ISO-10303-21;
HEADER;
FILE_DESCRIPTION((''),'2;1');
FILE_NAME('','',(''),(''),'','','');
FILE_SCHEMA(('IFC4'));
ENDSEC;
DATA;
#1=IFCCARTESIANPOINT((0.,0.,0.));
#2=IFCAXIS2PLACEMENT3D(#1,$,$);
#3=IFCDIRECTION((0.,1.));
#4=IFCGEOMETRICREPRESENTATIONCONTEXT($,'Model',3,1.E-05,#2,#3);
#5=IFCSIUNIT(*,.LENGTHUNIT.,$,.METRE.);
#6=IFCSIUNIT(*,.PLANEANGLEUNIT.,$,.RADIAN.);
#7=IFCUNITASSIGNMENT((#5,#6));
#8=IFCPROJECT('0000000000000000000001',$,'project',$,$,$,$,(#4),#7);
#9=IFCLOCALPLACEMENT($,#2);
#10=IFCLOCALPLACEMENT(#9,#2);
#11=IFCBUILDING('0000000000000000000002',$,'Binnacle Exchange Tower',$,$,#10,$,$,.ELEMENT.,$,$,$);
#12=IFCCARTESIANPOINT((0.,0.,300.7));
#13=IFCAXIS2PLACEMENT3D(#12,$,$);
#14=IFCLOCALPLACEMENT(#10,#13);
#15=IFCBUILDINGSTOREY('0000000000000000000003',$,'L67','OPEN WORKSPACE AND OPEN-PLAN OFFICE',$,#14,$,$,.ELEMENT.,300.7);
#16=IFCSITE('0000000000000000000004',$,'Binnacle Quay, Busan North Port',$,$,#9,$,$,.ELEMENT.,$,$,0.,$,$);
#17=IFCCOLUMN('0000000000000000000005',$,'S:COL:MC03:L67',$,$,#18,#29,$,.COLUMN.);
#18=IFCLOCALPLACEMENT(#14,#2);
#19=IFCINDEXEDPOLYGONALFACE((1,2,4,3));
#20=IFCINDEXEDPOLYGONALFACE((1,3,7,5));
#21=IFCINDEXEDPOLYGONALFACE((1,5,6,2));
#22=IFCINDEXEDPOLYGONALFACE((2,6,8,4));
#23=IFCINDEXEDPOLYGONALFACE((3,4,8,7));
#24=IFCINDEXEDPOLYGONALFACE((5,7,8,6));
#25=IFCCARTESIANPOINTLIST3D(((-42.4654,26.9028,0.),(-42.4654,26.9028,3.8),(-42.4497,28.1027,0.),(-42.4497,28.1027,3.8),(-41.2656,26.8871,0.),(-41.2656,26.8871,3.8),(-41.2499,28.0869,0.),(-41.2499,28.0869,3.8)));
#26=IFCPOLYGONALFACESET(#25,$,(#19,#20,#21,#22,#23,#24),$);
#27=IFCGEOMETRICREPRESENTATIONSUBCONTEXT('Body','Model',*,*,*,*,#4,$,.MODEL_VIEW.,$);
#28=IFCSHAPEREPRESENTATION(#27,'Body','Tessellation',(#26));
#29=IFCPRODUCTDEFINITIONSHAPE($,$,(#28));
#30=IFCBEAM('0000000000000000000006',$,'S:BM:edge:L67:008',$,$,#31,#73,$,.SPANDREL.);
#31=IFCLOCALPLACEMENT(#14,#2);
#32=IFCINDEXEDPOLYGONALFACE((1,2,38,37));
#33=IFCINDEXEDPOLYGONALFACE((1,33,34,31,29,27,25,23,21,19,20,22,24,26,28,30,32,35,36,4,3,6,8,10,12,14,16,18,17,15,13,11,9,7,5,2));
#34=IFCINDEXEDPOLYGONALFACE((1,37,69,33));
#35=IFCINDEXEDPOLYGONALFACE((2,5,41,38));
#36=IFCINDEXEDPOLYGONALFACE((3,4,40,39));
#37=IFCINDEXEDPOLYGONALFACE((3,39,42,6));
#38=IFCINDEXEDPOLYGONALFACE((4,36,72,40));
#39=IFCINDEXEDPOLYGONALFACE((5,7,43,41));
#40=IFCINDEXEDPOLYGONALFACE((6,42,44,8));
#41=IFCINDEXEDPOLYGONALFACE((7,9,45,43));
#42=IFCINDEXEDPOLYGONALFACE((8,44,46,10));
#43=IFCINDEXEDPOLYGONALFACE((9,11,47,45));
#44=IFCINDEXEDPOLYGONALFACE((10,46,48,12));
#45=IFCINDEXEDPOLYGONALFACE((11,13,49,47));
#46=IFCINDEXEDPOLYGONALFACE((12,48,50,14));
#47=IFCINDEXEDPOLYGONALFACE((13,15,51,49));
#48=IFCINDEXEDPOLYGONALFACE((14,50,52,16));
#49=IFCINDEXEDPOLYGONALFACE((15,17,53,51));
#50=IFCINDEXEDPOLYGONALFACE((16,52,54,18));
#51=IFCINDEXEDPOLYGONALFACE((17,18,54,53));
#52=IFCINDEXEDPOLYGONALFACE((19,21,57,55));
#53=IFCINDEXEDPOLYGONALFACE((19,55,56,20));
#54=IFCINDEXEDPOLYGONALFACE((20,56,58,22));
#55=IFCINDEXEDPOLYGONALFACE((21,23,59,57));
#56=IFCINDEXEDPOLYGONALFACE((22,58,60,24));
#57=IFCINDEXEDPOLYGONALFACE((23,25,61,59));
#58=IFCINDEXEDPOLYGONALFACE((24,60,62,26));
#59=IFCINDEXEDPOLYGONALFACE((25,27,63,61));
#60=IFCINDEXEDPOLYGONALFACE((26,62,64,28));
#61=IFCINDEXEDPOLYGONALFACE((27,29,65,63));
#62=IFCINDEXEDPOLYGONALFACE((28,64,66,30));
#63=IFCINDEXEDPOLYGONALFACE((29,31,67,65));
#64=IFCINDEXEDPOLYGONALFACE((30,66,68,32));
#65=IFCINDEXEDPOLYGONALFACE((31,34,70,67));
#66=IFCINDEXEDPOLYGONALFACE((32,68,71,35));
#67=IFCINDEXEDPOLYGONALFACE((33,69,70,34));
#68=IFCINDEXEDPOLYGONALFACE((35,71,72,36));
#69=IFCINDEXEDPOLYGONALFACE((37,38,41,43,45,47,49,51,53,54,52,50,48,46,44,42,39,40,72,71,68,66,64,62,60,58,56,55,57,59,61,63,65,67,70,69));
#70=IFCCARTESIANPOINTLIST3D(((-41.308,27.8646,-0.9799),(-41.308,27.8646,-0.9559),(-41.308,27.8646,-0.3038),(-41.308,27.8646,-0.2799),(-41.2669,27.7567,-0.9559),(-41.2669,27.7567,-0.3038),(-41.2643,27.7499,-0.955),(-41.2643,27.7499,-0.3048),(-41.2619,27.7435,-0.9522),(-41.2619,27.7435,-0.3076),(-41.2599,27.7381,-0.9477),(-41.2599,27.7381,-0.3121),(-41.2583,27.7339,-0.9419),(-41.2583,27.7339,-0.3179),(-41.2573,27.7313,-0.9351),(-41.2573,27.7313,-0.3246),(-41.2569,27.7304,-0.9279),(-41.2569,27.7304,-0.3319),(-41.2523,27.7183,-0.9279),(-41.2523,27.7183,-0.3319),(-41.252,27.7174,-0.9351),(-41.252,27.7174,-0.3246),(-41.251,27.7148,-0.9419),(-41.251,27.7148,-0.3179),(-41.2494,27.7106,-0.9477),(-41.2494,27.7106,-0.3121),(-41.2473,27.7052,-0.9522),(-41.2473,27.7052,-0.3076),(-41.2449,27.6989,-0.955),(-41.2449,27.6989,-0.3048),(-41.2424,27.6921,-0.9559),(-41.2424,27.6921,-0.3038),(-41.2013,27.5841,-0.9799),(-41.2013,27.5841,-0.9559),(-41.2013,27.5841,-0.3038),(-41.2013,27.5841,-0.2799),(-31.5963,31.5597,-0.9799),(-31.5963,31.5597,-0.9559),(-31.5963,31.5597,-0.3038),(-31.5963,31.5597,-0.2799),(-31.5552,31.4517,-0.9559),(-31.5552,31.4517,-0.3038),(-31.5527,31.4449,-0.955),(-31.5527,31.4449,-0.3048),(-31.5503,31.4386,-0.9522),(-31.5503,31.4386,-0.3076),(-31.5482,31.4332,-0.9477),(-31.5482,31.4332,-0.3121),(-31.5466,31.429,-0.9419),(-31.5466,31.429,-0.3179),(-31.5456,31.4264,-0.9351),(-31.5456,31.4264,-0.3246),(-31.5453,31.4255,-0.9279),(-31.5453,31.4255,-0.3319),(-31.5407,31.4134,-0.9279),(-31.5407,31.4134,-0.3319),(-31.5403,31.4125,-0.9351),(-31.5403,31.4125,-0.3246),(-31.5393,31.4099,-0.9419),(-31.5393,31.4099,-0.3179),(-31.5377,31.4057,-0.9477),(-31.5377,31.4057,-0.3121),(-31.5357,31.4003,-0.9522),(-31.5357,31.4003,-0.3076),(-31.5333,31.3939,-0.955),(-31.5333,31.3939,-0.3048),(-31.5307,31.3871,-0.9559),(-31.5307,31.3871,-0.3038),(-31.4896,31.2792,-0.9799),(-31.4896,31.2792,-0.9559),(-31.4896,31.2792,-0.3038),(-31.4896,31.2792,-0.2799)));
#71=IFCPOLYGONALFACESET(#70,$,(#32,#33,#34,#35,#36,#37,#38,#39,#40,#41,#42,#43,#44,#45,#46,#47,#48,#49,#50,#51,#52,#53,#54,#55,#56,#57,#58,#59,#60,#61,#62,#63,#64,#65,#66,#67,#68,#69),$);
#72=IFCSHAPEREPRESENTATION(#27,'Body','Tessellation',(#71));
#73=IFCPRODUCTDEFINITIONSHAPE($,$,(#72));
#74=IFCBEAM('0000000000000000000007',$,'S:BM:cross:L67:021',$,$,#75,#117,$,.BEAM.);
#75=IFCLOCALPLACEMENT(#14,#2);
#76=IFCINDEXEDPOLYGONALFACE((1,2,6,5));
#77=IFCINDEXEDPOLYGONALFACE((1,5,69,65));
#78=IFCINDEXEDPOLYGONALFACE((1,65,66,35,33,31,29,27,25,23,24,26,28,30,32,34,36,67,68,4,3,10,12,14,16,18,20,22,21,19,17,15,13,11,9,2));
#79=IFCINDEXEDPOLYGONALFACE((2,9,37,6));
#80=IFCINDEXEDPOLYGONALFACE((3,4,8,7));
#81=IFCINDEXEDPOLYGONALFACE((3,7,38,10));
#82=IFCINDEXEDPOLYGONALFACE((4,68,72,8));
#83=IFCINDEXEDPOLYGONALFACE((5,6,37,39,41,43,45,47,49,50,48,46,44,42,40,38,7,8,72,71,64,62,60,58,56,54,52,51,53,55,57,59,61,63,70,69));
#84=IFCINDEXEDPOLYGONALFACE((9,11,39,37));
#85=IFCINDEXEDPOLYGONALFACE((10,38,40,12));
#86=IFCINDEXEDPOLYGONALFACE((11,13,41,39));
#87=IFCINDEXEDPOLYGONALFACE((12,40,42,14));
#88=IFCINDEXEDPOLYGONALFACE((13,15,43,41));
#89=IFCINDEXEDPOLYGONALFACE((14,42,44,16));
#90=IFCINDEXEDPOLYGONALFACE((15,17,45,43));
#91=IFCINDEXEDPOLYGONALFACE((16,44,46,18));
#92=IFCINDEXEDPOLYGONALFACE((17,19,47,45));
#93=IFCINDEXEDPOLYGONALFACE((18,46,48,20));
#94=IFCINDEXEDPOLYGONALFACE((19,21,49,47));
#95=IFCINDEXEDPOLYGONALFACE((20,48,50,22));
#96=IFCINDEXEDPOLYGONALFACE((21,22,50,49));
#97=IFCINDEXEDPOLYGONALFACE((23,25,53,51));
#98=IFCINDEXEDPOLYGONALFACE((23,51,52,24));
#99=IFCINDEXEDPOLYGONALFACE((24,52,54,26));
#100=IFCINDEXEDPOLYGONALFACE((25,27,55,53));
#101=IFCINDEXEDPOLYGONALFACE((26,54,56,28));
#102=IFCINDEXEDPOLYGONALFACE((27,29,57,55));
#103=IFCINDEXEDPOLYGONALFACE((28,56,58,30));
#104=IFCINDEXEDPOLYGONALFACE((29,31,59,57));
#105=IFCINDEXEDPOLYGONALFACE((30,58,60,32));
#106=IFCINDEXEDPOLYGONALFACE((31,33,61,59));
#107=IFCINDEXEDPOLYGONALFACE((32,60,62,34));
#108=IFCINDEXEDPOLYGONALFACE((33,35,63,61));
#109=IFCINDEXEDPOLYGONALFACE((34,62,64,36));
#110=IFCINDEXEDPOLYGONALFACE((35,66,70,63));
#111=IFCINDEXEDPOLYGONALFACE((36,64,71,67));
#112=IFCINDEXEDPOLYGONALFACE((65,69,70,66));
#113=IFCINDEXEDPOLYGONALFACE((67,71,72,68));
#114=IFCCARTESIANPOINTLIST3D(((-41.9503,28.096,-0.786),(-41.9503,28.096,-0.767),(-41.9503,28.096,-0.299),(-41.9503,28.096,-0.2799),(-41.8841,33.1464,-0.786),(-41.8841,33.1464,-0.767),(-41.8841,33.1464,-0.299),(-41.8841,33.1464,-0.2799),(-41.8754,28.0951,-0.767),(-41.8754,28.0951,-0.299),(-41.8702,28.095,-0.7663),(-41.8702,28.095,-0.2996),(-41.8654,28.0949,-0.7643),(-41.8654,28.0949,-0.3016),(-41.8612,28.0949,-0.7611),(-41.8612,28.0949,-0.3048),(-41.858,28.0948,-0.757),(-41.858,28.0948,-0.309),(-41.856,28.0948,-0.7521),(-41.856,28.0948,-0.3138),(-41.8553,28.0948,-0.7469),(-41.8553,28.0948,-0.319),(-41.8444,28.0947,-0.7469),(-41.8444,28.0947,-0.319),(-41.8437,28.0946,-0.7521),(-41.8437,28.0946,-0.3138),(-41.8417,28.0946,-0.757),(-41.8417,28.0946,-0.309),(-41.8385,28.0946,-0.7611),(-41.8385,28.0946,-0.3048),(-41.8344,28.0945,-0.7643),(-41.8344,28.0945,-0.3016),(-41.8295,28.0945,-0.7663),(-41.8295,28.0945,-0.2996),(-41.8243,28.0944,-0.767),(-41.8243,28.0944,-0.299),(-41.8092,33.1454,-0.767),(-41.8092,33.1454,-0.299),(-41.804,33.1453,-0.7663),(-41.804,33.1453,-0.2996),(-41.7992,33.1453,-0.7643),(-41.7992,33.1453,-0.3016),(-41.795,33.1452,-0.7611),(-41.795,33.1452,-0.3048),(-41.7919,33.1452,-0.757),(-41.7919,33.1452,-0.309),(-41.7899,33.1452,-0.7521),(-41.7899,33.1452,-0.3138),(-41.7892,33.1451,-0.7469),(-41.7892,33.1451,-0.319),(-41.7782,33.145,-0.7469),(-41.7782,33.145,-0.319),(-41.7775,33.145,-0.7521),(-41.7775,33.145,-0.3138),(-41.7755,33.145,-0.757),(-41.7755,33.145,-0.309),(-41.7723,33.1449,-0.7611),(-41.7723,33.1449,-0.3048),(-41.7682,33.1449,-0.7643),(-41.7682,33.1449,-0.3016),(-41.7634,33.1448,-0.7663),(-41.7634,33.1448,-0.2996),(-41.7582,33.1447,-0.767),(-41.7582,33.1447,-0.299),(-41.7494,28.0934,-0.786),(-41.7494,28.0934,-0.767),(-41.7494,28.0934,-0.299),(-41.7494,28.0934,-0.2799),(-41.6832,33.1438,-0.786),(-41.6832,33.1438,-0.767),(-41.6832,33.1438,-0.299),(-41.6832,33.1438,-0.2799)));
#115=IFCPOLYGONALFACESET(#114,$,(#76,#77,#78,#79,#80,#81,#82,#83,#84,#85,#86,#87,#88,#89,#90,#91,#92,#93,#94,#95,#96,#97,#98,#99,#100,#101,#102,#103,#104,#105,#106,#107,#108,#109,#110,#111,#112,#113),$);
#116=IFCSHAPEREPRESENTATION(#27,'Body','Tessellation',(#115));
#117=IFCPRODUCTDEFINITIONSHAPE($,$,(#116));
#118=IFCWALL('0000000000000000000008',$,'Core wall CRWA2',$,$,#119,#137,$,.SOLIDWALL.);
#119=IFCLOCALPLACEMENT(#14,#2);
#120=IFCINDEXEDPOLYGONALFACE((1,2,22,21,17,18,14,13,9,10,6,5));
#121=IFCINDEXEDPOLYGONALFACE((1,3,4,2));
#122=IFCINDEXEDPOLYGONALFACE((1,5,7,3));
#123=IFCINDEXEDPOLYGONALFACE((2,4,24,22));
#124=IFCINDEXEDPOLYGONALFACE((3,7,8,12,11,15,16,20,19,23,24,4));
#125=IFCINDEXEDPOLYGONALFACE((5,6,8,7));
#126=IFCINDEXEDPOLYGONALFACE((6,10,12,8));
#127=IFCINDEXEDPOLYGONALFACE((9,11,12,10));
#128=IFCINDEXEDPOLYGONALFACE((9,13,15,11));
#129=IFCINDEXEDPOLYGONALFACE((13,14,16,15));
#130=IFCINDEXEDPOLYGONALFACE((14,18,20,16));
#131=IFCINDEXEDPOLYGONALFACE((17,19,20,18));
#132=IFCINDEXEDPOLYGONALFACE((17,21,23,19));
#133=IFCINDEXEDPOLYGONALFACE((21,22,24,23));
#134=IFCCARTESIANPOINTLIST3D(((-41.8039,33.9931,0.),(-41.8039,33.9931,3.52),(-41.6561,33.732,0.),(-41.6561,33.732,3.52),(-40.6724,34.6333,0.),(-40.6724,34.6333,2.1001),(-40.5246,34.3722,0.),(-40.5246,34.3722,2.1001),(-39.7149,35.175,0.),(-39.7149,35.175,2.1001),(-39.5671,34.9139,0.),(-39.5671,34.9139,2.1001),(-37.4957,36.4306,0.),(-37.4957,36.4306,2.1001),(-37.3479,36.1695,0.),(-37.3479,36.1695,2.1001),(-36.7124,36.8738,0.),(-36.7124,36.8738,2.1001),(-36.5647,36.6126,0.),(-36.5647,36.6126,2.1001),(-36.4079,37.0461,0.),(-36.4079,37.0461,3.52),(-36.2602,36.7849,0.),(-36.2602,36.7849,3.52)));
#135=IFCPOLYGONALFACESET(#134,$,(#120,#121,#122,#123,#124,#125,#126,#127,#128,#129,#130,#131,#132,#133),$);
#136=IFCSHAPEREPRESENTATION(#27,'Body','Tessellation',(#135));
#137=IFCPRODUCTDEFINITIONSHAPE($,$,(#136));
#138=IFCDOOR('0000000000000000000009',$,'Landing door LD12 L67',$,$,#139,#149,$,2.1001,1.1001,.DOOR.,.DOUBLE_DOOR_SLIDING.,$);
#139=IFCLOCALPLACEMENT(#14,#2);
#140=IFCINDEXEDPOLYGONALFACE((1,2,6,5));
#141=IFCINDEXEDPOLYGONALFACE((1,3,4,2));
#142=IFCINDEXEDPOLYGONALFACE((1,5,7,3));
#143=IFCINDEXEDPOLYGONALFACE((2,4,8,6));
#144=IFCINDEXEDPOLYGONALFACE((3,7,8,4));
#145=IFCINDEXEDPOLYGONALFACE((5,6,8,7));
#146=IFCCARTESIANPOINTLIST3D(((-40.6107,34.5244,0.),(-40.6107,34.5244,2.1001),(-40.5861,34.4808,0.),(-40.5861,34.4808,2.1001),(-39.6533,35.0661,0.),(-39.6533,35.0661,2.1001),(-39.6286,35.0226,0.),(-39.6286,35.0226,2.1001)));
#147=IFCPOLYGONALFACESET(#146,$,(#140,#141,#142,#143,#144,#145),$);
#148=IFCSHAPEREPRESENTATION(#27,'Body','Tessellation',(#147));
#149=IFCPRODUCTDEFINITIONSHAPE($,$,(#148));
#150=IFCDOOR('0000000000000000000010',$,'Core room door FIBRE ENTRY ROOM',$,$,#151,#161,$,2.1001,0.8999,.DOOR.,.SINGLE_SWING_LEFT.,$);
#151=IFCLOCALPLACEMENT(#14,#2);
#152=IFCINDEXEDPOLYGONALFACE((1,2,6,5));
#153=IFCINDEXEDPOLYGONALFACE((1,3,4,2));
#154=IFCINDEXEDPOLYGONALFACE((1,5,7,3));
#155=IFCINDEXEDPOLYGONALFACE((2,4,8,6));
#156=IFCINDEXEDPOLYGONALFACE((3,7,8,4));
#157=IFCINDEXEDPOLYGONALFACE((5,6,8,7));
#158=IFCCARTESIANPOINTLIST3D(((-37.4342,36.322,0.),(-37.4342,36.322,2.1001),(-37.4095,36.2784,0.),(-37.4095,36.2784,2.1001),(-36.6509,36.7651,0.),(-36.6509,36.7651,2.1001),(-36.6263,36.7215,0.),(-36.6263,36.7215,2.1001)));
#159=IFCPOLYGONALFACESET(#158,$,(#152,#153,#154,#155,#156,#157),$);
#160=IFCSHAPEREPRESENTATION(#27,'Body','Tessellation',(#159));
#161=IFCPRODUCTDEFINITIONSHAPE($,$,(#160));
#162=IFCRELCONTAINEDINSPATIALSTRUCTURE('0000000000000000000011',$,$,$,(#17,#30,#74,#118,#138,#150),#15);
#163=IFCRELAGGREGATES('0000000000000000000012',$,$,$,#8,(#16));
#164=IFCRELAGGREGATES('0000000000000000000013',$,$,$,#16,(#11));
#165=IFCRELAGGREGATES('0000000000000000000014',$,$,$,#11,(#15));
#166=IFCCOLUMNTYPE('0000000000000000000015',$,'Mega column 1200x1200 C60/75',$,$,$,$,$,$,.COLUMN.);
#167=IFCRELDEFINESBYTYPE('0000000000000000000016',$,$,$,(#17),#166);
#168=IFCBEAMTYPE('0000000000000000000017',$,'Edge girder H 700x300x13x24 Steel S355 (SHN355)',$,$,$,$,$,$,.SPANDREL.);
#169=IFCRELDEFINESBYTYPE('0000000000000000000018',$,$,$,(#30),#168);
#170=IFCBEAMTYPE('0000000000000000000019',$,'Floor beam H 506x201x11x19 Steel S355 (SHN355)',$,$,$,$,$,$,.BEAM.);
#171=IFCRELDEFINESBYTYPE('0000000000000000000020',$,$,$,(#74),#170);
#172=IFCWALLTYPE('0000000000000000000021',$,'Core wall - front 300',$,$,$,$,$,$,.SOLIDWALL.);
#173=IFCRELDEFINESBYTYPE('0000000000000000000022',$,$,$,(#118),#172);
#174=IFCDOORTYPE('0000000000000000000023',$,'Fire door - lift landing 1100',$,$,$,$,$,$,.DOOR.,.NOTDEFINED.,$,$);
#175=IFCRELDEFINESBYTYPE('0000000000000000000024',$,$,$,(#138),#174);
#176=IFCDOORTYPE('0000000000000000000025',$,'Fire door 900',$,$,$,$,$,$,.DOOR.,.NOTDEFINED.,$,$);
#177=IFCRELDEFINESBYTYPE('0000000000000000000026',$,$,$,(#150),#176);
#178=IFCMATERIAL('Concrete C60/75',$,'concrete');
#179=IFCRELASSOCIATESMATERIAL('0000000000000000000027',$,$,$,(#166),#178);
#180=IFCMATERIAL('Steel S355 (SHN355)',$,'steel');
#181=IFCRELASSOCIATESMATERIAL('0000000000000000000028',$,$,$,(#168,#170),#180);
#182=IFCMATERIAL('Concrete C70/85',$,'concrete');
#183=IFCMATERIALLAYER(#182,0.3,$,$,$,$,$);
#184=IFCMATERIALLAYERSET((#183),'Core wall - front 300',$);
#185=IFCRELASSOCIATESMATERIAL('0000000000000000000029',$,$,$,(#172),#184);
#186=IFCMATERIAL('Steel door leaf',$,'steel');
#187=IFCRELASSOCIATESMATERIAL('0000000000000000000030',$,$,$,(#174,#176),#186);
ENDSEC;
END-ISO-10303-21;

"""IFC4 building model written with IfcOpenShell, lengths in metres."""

from ifc_helpers import new_model, si_unit, direction, frame, frame_2d, origin, origin_2d, place, context, subcontext, project, spatial, rectangle, i_section, extrude, material, layer, layer_set, material_profile, profile_set, type_object, element, fill, save


model = new_model("IFC4")

# Units and contexts
model_context = context("Model", 3, precision=1e-05, world=origin(), true_north=direction((0.0, 1.0)))
body_context = subcontext(model_context, "Body", "Model", "MODEL_VIEW")
ifc_project = project(units=[si_unit("LENGTHUNIT", "METRE"), si_unit("PLANEANGLEUNIT", "RADIAN")], contexts=[model_context])

# Site, building, storey
site_placement = place(None, origin())
site = spatial("IfcSite", under=ifc_project, at=site_placement, Name="Binnacle Quay, Busan North Port", CompositionType="ELEMENT", RefElevation=0.0)
building_placement = place(site_placement, origin())
building = spatial("IfcBuilding", under=site, at=building_placement, Name="Binnacle Exchange Tower", CompositionType="ELEMENT")
storey_placement = place(building_placement, frame((0.0, 0.0, 300.7)))
storey = spatial("IfcBuildingStorey", under=building, at=storey_placement, Name="L67", Description="OPEN WORKSPACE AND OPEN-PLAN OFFICE", CompositionType="ELEMENT", Elevation=300.7)

# Column
ifc_material_1 = material(Name="Concrete C60/75", Category="concrete")
ifc_material_profile_1 = material_profile(ifc_material_1, rectangle(XDim=1.2, YDim=1.2, at=origin_2d()), Name="Mega column 1200x1200 C60/75")
ifc_profile_set_1 = profile_set([ifc_material_profile_1], Name="Concrete C60/75")
column_type = type_object("IfcColumnType", Name="Mega column 1200x1200 C60/75", PredefinedType="COLUMN", material=ifc_profile_set_1)
column_placement = place(storey_placement, frame((-41.8577, 27.4949, 0.0), z_axis=(0.0, 0.0, 1.0), x_axis=(0.999914, -0.01309, 0.0)))
element("IfcColumn", 1, at=column_placement, inside=storey, type_object=column_type, Name="S:COL:MC03:L67", PredefinedType="COLUMN", context=body_context, shape_type="SweptSolid", body=[
    extrude(rectangle(XDim=1.2, YDim=1.2, at=origin_2d()), origin(), (0.0, 0.0, 1.0), 3.8),
])

# Beams
ifc_material_2 = material(Name="Steel S355 (SHN355)", Category="steel")
ifc_material_profile_2 = material_profile(ifc_material_2, i_section(OverallWidth=0.3, OverallDepth=0.7, WebThickness=0.0129, FlangeThickness=0.0239, FilletRadius=0.0281, at=origin_2d()), Name="H 700x300x13x24")
ifc_profile_set_2 = profile_set([ifc_material_profile_2], Name="Steel S355 (SHN355)")
beam_type_1 = type_object("IfcBeamType", Name="Edge girder H 700x300x13x24 Steel S355 (SHN355)", PredefinedType="SPANDREL", material=ifc_profile_set_2)
beam_1_placement = place(storey_placement, frame((-41.2546, 27.7244, -0.6299), z_axis=(0.934635, 0.355607, 0.0), x_axis=(-0.355607, 0.934635, 0.0)))
element("IfcBeam", 2, at=beam_1_placement, inside=storey, type_object=beam_type_1, Name="S:BM:edge:L67:008", PredefinedType="SPANDREL", context=body_context, shape_type="SweptSolid", body=[
    extrude(i_section(OverallWidth=0.3, OverallDepth=0.7, WebThickness=0.0129, FlangeThickness=0.0239, FilletRadius=0.0281, at=origin_2d()), origin(), (0.0, 0.0, 1.0), 10.3909),
])
ifc_material_profile_3 = material_profile(ifc_material_2, i_section(OverallWidth=0.2009, OverallDepth=0.5061, WebThickness=0.011, FlangeThickness=0.019, FilletRadius=0.02, at=origin_2d()), Name="H 506x201x11x19")
ifc_profile_set_3 = profile_set([ifc_material_profile_3], Name="Steel S355 (SHN355)")
beam_type_2 = type_object("IfcBeamType", Name="Floor beam H 506x201x11x19 Steel S355 (SHN355)", PredefinedType="BEAM", material=ifc_profile_set_3)
beam_2_placement = place(storey_placement, frame((-41.8499, 28.0947, -0.533), z_axis=(0.0131, 0.999914, 0.0), x_axis=(-0.999914, 0.0131, 0.0)))
element("IfcBeam", 3, at=beam_2_placement, inside=storey, type_object=beam_type_2, Name="S:BM:cross:L67:021", PredefinedType="BEAM", context=body_context, shape_type="SweptSolid", body=[
    extrude(i_section(OverallWidth=0.2009, OverallDepth=0.5061, WebThickness=0.011, FlangeThickness=0.019, FilletRadius=0.02, at=origin_2d()), origin(), (0.0, 0.0, 1.0), 5.0508),
])

# Wall, openings, doors
ifc_material_3 = material(Name="Concrete C70/85", Category="concrete")
ifc_layer_1 = layer(ifc_material_3, 0.3)
ifc_layer_set_1 = layer_set([ifc_layer_1], Name="Core wall - front 300")
wall_type_1 = type_object("IfcWallType", Name="Core wall - front 300", PredefinedType="SOLIDWALL", material=ifc_layer_set_1)
wall_1_placement = place(storey_placement, frame((-41.73, 33.8625, 0.0), z_axis=(0.0, 0.0, 1.0), x_axis=(0.870351, 0.492432, 0.0)))
wall_1 = element("IfcWall", 4, at=wall_1_placement, inside=storey, type_object=wall_type_1, Name="Core wall CRWA2", PredefinedType="SOLIDWALL", context=body_context, shape_type="SweptSolid", body=[
    extrude(rectangle(XDim=6.1997, YDim=0.3, at=frame_2d((3.0999, 0.0))), origin(), (0.0, 0.0, 1.0), 3.52),
])
opening_1_placement = place(wall_1_placement, frame((1.3, 0.0, 0.0)))
opening_1 = element("IfcOpeningElement", 5, at=opening_1_placement, cuts=wall_1, PredefinedType="OPENING", context=body_context, shape_type="SweptSolid", body=[
    extrude(rectangle(XDim=1.1001, YDim=2.1001, at=frame_2d((0.55, 1.05))), frame((0.0, 0.1599, 0.0), z_axis=(0.0, -1.0, 0.0), x_axis=(1.0, 0.0, 0.0)), (0.0, 0.0, 1.0), 0.3201),
])
opening_2_placement = place(wall_1_placement, frame((4.95, 0.0, 0.0)))
opening_2 = element("IfcOpeningElement", 6, at=opening_2_placement, cuts=wall_1, PredefinedType="OPENING", context=body_context, shape_type="SweptSolid", body=[
    extrude(rectangle(XDim=0.8999, YDim=2.1001, at=frame_2d((0.45, 1.05))), frame((0.0, 0.1599, 0.0), z_axis=(0.0, -1.0, 0.0), x_axis=(1.0, 0.0, 0.0)), (0.0, 0.0, 1.0), 0.3201),
])
ifc_material_4 = material(Name="Steel door leaf", Category="steel")
door_type_1 = type_object("IfcDoorType", Name="Fire door - lift landing 1100", OperationType="NOTDEFINED", PredefinedType="DOOR", material=ifc_material_4)
door_1_placement = place(opening_1_placement, origin())
door_1 = element("IfcDoor", 7, at=door_1_placement, inside=storey, type_object=door_type_1, Name="Landing door LD12 L67", OperationType="DOUBLE_DOOR_SLIDING", OverallHeight=2.1001, OverallWidth=1.1001, PredefinedType="DOOR", context=body_context, shape_type="SweptSolid", body=[
    extrude(rectangle(XDim=1.1001, YDim=2.1001, at=frame_2d((0.55, 1.05))), frame((0.0, 0.0249, 0.0), z_axis=(0.0, -1.0, 0.0), x_axis=(1.0, 0.0, 0.0)), (0.0, 0.0, 1.0), 0.05),
])
fill(opening_1, door_1)
door_type_2 = type_object("IfcDoorType", Name="Fire door 900", OperationType="NOTDEFINED", PredefinedType="DOOR", material=ifc_material_4)
door_2_placement = place(opening_2_placement, frame((0.8999, 0.0, 0.0), z_axis=(0.0, 0.0, 1.0), x_axis=(-1.0, 0.0, 0.0)))
door_2 = element("IfcDoor", 8, at=door_2_placement, inside=storey, type_object=door_type_2, Name="Core room door FIBRE ENTRY ROOM", OperationType="SINGLE_SWING_LEFT", OverallHeight=2.1001, OverallWidth=0.8999, PredefinedType="DOOR", context=body_context, shape_type="SweptSolid", body=[
    extrude(rectangle(XDim=0.8999, YDim=2.1001, at=frame_2d((0.45, 1.05))), frame((0.0, 0.0249, 0.0), z_axis=(0.0, -1.0, 0.0), x_axis=(1.0, 0.0, 0.0)), (0.0, 0.0, 1.0), 0.05),
])
fill(opening_2, door_2)

save(model, "model.ifc")
